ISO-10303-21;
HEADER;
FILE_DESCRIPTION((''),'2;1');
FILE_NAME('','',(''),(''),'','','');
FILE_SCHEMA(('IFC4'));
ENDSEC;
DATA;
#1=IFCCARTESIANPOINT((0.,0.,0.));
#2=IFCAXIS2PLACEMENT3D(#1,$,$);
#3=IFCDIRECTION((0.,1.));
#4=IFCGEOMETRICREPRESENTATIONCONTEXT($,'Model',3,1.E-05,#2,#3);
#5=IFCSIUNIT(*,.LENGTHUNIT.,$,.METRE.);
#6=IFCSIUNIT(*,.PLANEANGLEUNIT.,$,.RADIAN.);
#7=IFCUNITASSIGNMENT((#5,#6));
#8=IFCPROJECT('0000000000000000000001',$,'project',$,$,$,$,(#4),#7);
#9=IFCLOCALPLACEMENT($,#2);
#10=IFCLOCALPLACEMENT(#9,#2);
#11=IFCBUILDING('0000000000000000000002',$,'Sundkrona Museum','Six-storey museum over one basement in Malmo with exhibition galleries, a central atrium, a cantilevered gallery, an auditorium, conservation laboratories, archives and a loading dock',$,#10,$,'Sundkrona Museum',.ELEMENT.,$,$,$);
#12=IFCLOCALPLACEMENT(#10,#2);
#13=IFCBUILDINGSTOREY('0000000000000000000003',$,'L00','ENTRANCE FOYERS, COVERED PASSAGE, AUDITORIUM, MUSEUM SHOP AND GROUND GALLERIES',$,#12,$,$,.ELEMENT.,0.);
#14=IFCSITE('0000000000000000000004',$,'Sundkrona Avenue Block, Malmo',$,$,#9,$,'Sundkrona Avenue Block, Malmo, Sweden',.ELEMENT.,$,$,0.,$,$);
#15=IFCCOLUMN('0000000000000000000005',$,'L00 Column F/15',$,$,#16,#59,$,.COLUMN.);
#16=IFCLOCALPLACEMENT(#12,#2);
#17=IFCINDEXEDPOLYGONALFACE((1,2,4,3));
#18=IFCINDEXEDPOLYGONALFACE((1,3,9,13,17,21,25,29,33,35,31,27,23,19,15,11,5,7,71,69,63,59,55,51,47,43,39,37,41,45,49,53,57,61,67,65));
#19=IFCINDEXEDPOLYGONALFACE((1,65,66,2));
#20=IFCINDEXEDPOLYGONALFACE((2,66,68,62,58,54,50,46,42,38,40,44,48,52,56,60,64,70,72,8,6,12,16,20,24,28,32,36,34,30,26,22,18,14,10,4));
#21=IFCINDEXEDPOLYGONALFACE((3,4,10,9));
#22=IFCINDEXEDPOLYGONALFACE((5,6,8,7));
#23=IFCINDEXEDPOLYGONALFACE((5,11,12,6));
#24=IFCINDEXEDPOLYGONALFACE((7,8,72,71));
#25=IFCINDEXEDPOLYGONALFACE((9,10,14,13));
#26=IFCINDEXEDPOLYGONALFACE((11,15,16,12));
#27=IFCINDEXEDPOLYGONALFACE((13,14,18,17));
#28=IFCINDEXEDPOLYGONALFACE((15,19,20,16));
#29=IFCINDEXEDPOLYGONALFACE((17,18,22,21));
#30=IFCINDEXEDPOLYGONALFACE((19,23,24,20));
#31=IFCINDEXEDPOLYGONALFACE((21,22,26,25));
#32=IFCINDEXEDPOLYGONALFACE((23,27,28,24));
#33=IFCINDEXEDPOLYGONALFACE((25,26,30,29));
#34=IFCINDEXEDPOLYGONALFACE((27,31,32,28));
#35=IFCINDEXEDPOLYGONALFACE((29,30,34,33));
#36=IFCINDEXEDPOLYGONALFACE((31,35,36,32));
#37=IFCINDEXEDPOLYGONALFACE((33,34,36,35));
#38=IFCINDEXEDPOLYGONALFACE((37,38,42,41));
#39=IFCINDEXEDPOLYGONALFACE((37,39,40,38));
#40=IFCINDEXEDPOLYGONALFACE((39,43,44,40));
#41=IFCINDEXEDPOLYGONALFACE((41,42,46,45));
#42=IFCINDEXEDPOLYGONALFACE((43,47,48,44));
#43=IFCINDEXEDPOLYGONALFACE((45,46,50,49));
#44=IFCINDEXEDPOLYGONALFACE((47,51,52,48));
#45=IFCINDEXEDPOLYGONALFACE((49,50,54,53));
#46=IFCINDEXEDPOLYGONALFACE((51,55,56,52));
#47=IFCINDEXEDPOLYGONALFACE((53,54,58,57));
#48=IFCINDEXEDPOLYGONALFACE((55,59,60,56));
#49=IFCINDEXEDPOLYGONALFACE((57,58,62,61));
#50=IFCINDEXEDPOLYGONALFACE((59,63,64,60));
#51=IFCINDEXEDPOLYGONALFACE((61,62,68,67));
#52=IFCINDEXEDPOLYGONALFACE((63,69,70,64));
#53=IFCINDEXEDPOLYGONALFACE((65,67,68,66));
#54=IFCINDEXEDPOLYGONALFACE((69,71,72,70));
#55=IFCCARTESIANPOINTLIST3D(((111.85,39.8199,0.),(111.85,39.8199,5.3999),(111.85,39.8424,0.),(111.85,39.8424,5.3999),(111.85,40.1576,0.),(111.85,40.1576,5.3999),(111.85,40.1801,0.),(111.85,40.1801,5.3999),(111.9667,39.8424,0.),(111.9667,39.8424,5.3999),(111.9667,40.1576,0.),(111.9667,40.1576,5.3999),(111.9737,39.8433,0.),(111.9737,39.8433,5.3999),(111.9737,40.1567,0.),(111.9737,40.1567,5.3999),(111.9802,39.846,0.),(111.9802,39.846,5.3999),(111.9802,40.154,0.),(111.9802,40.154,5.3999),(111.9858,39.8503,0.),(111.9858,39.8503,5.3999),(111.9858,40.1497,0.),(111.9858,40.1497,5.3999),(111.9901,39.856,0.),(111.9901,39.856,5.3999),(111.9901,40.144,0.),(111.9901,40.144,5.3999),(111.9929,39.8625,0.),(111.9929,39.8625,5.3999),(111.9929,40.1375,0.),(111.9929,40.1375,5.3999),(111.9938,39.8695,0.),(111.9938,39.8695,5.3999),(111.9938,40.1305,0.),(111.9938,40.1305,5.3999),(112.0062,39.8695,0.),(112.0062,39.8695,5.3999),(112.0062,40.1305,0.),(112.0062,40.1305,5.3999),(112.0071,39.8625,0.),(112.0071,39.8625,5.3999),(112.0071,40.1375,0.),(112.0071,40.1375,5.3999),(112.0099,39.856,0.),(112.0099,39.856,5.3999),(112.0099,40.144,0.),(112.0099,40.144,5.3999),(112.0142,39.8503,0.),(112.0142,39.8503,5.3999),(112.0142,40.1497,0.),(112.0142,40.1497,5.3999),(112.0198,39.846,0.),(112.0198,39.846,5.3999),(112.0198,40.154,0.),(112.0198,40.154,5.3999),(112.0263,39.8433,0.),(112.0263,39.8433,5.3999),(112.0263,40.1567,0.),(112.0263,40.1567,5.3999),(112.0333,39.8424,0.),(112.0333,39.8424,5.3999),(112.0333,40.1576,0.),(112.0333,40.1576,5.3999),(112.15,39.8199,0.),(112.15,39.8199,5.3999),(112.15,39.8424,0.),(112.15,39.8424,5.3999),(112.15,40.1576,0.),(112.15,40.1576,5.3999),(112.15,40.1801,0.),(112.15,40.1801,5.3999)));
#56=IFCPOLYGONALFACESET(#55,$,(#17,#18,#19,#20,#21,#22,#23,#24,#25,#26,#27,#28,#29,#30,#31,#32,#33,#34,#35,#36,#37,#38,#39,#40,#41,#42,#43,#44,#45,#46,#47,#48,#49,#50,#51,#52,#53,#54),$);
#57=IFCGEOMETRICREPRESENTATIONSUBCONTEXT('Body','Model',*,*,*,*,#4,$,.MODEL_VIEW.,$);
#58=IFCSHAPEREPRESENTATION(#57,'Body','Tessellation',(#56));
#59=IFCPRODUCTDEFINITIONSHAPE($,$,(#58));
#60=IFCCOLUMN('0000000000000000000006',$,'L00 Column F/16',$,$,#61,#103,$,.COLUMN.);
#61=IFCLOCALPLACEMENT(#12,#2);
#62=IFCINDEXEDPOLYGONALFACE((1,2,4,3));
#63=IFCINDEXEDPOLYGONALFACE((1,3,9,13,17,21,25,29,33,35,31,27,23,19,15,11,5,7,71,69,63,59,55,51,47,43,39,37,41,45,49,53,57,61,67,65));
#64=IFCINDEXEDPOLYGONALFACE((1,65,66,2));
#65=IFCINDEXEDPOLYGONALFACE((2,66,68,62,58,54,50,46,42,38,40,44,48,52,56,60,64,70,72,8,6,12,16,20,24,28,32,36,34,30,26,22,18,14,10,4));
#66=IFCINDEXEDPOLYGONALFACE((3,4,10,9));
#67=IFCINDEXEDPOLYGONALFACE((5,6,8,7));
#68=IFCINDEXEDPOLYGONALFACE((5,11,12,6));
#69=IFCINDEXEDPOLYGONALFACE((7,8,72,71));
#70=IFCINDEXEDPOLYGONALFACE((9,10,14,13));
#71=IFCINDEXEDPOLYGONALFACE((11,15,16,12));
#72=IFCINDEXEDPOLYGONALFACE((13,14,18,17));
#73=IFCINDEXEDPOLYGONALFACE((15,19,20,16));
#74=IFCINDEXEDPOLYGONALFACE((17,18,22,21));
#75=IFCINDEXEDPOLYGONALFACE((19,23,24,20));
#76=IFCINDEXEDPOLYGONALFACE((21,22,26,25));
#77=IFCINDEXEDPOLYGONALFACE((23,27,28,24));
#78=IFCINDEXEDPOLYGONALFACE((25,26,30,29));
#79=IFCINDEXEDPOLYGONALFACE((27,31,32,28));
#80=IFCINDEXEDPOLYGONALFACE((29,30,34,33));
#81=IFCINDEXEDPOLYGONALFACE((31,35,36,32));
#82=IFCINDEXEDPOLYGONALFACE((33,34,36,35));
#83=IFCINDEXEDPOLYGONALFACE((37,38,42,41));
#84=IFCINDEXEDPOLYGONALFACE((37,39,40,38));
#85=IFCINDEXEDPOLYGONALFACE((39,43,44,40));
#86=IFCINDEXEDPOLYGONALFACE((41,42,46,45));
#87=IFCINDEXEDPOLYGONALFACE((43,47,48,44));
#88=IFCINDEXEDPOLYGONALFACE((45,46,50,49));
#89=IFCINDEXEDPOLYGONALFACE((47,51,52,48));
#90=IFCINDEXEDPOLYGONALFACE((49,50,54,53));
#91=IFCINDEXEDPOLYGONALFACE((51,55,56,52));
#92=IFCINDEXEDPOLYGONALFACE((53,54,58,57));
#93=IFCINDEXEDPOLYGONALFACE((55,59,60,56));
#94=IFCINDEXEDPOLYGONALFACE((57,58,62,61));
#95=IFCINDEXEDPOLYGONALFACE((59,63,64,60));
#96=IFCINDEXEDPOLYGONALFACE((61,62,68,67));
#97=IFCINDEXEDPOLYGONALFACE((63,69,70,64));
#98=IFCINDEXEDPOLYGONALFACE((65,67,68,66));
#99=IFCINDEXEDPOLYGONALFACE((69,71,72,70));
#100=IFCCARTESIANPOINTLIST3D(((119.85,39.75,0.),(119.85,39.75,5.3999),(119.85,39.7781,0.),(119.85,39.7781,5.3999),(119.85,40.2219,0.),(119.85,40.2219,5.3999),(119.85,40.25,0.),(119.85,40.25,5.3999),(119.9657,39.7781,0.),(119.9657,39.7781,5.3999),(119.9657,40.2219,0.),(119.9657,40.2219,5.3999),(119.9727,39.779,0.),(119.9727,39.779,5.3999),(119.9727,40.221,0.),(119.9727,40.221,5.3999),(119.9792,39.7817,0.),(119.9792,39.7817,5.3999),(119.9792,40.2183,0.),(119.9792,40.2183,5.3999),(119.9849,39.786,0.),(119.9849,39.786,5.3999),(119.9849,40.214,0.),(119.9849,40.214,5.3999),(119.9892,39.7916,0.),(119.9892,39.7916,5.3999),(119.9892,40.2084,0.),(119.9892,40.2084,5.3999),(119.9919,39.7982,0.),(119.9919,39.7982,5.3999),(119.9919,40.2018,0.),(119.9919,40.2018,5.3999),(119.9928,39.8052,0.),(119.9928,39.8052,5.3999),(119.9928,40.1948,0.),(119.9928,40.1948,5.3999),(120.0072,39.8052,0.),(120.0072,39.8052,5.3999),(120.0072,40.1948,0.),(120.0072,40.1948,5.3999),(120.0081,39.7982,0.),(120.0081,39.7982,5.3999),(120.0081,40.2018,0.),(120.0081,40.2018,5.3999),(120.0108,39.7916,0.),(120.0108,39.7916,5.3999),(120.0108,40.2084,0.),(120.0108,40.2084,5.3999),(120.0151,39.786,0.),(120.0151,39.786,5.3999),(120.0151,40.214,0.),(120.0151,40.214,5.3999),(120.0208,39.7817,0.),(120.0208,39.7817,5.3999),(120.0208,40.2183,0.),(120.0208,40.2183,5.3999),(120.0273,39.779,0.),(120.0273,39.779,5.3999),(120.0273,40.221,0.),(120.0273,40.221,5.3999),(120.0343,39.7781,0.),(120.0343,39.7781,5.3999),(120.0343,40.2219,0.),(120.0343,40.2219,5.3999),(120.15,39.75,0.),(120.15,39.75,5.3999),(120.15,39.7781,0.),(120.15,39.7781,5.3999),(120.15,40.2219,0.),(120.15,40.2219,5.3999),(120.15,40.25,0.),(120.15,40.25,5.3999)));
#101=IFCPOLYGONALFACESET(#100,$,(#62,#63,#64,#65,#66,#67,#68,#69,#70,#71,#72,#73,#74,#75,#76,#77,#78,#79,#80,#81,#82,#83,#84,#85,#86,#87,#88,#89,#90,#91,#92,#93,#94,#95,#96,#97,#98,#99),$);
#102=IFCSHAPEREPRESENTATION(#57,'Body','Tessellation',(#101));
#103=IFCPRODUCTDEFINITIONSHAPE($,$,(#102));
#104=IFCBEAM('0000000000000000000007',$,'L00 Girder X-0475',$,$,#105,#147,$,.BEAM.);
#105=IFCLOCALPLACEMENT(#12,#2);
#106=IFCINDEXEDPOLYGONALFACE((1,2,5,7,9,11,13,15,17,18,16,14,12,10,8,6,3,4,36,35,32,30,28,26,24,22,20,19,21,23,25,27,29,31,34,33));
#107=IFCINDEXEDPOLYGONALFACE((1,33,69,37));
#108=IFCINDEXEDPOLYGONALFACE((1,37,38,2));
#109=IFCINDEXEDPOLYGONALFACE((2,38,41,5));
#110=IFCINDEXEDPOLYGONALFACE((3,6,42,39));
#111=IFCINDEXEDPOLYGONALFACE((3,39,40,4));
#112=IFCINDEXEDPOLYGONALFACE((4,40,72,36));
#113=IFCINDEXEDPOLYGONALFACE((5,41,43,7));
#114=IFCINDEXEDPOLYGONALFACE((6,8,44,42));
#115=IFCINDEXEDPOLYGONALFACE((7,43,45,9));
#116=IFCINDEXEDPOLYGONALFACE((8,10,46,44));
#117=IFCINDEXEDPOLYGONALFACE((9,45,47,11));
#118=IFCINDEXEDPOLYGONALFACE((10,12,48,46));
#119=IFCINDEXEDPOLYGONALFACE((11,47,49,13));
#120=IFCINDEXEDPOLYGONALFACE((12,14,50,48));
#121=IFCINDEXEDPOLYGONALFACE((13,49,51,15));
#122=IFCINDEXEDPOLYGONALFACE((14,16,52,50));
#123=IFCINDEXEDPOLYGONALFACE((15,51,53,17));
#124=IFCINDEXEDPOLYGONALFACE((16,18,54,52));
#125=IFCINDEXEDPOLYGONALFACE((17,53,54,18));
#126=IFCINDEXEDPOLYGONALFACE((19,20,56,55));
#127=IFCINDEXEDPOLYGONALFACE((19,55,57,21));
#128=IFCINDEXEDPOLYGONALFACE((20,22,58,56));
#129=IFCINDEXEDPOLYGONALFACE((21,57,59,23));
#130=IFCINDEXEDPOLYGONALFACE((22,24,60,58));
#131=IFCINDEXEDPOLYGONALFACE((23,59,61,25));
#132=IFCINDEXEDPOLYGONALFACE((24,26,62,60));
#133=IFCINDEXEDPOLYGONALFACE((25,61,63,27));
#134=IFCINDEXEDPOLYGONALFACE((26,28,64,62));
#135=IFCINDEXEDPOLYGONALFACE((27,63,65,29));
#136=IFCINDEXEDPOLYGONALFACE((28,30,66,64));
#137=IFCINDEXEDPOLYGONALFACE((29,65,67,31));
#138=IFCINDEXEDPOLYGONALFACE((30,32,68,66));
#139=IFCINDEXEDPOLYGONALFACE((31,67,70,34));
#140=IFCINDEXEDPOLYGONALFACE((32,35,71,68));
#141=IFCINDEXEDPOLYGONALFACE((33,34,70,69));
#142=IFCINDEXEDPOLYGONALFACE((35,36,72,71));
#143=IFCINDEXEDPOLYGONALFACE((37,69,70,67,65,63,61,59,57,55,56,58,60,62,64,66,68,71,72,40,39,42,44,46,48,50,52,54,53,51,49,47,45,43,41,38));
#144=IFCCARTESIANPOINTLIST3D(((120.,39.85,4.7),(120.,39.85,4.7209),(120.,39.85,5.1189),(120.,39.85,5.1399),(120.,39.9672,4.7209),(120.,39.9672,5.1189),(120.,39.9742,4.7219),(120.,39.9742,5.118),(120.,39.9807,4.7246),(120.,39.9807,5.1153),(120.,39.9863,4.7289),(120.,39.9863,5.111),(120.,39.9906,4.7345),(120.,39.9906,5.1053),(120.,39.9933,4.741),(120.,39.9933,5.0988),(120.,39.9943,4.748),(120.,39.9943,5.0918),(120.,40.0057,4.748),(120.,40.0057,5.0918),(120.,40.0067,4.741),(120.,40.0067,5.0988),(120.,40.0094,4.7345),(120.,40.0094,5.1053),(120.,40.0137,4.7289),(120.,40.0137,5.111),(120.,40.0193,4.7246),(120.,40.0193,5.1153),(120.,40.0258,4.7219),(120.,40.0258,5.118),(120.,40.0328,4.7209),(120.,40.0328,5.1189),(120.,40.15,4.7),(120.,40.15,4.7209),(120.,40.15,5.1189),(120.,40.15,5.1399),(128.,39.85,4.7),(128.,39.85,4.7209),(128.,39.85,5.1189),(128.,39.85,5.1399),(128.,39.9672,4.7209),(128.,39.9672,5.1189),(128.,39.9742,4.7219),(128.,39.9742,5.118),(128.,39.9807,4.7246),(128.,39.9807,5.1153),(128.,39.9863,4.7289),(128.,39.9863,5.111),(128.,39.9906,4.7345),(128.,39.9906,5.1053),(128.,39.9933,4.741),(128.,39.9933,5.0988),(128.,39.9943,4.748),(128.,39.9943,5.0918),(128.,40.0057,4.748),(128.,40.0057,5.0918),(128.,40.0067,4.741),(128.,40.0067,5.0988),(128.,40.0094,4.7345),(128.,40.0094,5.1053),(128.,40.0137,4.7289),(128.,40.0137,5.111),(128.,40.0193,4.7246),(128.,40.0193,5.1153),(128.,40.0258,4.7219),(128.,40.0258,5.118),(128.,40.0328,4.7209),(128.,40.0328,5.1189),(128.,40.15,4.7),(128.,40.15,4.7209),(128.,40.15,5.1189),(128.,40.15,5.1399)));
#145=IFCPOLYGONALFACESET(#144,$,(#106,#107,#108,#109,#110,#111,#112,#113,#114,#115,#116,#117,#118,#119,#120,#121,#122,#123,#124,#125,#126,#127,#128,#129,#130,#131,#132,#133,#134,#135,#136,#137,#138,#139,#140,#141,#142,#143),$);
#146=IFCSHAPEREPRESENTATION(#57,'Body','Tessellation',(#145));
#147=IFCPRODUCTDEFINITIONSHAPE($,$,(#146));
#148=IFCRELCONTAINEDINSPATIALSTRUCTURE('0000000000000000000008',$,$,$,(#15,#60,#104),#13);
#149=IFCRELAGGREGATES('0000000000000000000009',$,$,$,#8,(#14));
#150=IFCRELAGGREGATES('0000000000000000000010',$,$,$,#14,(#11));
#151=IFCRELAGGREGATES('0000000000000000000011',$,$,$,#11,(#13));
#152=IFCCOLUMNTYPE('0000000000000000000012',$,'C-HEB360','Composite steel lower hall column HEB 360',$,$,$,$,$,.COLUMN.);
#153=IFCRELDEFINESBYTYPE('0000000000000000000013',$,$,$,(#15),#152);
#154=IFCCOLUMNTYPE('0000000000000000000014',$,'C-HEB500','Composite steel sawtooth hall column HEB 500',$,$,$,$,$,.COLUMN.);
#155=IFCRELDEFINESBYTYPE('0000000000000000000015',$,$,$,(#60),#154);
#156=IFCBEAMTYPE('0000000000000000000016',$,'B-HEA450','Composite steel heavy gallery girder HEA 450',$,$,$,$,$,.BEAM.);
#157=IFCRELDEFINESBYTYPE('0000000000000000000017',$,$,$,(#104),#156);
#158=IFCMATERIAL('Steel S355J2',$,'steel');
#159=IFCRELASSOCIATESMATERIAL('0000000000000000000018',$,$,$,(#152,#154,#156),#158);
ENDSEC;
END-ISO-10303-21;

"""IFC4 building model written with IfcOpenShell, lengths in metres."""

from ifc_helpers import new_model, si_unit, direction, frame, origin, origin_2d, place, context, subcontext, project, spatial, i_section, extrude, material, material_profile, profile_set, type_object, element, save


model = new_model("IFC4")

# Units and contexts
model_context = context("Model", 3, precision=1e-05, world=origin(), true_north=direction((0.0, 1.0)))
body_context = subcontext(model_context, "Body", "Model", "MODEL_VIEW")
ifc_project = project(units=[si_unit("LENGTHUNIT", "METRE"), si_unit("PLANEANGLEUNIT", "RADIAN")], contexts=[model_context])

# Site, building, storey
site_placement = place(None, origin())
site = spatial("IfcSite", under=ifc_project, at=site_placement, Name="Sundkrona Avenue Block, Malmo", LongName="Sundkrona Avenue Block, Malmo, Sweden", CompositionType="ELEMENT", RefElevation=0.0)
building_placement = place(site_placement, origin())
building = spatial("IfcBuilding", under=site, at=building_placement, Name="Sundkrona Museum", Description="Six-storey museum over one basement in Malmo with exhibition galleries, a central atrium, a cantilevered gallery, an auditorium, conservation laboratories, archives and a loading dock", LongName="Sundkrona Museum", CompositionType="ELEMENT")
storey_placement = place(building_placement, origin())
storey = spatial("IfcBuildingStorey", under=building, at=storey_placement, Name="L00", Description="ENTRANCE FOYERS, COVERED PASSAGE, AUDITORIUM, MUSEUM SHOP AND GROUND GALLERIES", CompositionType="ELEMENT", Elevation=0.0)

# Columns
ifc_material_1 = material(Name="Steel S355J2", Category="steel")
ifc_material_profile_1 = material_profile(ifc_material_1, i_section(OverallWidth=0.3, OverallDepth=0.3601, WebThickness=0.0125, FlangeThickness=0.0225, FilletRadius=0.0271, at=origin_2d()), Name="HEB 360")
ifc_profile_set_1 = profile_set([ifc_material_profile_1], Name="Steel S355J2")
column_type_1 = type_object("IfcColumnType", Name="C-HEB360", Description="Composite steel lower hall column HEB 360", PredefinedType="COLUMN", material=ifc_profile_set_1)
column_1_placement = place(storey_placement, frame((112.0, 40.0, 0.0), z_axis=(0.0, 0.0, 1.0), x_axis=(1.0, 0.0, 0.0)))
element("IfcColumn", 1, at=column_1_placement, inside=storey, type_object=column_type_1, Name="L00 Column F/15", PredefinedType="COLUMN", context=body_context, shape_type="SweptSolid", body=[
    extrude(i_section(OverallWidth=0.3, OverallDepth=0.3601, WebThickness=0.0125, FlangeThickness=0.0225, FilletRadius=0.0271, at=origin_2d()), origin(), (0.0, 0.0, 1.0), 5.3999),
])
ifc_material_profile_2 = material_profile(ifc_material_1, i_section(OverallWidth=0.3, OverallDepth=0.5, WebThickness=0.0144, FlangeThickness=0.0281, FilletRadius=0.0271, at=origin_2d()), Name="HEB 500")
ifc_profile_set_2 = profile_set([ifc_material_profile_2], Name="Steel S355J2")
column_type_2 = type_object("IfcColumnType", Name="C-HEB500", Description="Composite steel sawtooth hall column HEB 500", PredefinedType="COLUMN", material=ifc_profile_set_2)
column_2_placement = place(storey_placement, frame((120.0, 40.0, 0.0), z_axis=(0.0, 0.0, 1.0), x_axis=(1.0, 0.0, 0.0)))
element("IfcColumn", 2, at=column_2_placement, inside=storey, type_object=column_type_2, Name="L00 Column F/16", PredefinedType="COLUMN", context=body_context, shape_type="SweptSolid", body=[
    extrude(i_section(OverallWidth=0.3, OverallDepth=0.5, WebThickness=0.0144, FlangeThickness=0.0281, FilletRadius=0.0271, at=origin_2d()), origin(), (0.0, 0.0, 1.0), 5.3999),
])

# Beam
ifc_material_profile_3 = material_profile(ifc_material_1, i_section(OverallWidth=0.3, OverallDepth=0.4399, WebThickness=0.0115, FlangeThickness=0.021, FilletRadius=0.0271, at=origin_2d()), Name="HEA 450")
ifc_profile_set_3 = profile_set([ifc_material_profile_3], Name="Steel S355J2")
beam_type_1 = type_object("IfcBeamType", Name="B-HEA450", Description="Composite steel heavy gallery girder HEA 450", PredefinedType="BEAM", material=ifc_profile_set_3)
beam_1_placement = place(storey_placement, frame((120.0, 40.0, 4.9199), z_axis=(1.0, 0.0, 0.0), x_axis=(0.0, 1.0, 0.0)))
element("IfcBeam", 3, at=beam_1_placement, inside=storey, type_object=beam_type_1, Name="L00 Girder X-0475", PredefinedType="BEAM", context=body_context, shape_type="SweptSolid", body=[
    extrude(i_section(OverallWidth=0.3, OverallDepth=0.4399, WebThickness=0.0115, FlangeThickness=0.021, FilletRadius=0.0271, at=origin_2d()), origin(), (0.0, 0.0, 1.0), 8.0),
])

save(model, "model.ifc")
